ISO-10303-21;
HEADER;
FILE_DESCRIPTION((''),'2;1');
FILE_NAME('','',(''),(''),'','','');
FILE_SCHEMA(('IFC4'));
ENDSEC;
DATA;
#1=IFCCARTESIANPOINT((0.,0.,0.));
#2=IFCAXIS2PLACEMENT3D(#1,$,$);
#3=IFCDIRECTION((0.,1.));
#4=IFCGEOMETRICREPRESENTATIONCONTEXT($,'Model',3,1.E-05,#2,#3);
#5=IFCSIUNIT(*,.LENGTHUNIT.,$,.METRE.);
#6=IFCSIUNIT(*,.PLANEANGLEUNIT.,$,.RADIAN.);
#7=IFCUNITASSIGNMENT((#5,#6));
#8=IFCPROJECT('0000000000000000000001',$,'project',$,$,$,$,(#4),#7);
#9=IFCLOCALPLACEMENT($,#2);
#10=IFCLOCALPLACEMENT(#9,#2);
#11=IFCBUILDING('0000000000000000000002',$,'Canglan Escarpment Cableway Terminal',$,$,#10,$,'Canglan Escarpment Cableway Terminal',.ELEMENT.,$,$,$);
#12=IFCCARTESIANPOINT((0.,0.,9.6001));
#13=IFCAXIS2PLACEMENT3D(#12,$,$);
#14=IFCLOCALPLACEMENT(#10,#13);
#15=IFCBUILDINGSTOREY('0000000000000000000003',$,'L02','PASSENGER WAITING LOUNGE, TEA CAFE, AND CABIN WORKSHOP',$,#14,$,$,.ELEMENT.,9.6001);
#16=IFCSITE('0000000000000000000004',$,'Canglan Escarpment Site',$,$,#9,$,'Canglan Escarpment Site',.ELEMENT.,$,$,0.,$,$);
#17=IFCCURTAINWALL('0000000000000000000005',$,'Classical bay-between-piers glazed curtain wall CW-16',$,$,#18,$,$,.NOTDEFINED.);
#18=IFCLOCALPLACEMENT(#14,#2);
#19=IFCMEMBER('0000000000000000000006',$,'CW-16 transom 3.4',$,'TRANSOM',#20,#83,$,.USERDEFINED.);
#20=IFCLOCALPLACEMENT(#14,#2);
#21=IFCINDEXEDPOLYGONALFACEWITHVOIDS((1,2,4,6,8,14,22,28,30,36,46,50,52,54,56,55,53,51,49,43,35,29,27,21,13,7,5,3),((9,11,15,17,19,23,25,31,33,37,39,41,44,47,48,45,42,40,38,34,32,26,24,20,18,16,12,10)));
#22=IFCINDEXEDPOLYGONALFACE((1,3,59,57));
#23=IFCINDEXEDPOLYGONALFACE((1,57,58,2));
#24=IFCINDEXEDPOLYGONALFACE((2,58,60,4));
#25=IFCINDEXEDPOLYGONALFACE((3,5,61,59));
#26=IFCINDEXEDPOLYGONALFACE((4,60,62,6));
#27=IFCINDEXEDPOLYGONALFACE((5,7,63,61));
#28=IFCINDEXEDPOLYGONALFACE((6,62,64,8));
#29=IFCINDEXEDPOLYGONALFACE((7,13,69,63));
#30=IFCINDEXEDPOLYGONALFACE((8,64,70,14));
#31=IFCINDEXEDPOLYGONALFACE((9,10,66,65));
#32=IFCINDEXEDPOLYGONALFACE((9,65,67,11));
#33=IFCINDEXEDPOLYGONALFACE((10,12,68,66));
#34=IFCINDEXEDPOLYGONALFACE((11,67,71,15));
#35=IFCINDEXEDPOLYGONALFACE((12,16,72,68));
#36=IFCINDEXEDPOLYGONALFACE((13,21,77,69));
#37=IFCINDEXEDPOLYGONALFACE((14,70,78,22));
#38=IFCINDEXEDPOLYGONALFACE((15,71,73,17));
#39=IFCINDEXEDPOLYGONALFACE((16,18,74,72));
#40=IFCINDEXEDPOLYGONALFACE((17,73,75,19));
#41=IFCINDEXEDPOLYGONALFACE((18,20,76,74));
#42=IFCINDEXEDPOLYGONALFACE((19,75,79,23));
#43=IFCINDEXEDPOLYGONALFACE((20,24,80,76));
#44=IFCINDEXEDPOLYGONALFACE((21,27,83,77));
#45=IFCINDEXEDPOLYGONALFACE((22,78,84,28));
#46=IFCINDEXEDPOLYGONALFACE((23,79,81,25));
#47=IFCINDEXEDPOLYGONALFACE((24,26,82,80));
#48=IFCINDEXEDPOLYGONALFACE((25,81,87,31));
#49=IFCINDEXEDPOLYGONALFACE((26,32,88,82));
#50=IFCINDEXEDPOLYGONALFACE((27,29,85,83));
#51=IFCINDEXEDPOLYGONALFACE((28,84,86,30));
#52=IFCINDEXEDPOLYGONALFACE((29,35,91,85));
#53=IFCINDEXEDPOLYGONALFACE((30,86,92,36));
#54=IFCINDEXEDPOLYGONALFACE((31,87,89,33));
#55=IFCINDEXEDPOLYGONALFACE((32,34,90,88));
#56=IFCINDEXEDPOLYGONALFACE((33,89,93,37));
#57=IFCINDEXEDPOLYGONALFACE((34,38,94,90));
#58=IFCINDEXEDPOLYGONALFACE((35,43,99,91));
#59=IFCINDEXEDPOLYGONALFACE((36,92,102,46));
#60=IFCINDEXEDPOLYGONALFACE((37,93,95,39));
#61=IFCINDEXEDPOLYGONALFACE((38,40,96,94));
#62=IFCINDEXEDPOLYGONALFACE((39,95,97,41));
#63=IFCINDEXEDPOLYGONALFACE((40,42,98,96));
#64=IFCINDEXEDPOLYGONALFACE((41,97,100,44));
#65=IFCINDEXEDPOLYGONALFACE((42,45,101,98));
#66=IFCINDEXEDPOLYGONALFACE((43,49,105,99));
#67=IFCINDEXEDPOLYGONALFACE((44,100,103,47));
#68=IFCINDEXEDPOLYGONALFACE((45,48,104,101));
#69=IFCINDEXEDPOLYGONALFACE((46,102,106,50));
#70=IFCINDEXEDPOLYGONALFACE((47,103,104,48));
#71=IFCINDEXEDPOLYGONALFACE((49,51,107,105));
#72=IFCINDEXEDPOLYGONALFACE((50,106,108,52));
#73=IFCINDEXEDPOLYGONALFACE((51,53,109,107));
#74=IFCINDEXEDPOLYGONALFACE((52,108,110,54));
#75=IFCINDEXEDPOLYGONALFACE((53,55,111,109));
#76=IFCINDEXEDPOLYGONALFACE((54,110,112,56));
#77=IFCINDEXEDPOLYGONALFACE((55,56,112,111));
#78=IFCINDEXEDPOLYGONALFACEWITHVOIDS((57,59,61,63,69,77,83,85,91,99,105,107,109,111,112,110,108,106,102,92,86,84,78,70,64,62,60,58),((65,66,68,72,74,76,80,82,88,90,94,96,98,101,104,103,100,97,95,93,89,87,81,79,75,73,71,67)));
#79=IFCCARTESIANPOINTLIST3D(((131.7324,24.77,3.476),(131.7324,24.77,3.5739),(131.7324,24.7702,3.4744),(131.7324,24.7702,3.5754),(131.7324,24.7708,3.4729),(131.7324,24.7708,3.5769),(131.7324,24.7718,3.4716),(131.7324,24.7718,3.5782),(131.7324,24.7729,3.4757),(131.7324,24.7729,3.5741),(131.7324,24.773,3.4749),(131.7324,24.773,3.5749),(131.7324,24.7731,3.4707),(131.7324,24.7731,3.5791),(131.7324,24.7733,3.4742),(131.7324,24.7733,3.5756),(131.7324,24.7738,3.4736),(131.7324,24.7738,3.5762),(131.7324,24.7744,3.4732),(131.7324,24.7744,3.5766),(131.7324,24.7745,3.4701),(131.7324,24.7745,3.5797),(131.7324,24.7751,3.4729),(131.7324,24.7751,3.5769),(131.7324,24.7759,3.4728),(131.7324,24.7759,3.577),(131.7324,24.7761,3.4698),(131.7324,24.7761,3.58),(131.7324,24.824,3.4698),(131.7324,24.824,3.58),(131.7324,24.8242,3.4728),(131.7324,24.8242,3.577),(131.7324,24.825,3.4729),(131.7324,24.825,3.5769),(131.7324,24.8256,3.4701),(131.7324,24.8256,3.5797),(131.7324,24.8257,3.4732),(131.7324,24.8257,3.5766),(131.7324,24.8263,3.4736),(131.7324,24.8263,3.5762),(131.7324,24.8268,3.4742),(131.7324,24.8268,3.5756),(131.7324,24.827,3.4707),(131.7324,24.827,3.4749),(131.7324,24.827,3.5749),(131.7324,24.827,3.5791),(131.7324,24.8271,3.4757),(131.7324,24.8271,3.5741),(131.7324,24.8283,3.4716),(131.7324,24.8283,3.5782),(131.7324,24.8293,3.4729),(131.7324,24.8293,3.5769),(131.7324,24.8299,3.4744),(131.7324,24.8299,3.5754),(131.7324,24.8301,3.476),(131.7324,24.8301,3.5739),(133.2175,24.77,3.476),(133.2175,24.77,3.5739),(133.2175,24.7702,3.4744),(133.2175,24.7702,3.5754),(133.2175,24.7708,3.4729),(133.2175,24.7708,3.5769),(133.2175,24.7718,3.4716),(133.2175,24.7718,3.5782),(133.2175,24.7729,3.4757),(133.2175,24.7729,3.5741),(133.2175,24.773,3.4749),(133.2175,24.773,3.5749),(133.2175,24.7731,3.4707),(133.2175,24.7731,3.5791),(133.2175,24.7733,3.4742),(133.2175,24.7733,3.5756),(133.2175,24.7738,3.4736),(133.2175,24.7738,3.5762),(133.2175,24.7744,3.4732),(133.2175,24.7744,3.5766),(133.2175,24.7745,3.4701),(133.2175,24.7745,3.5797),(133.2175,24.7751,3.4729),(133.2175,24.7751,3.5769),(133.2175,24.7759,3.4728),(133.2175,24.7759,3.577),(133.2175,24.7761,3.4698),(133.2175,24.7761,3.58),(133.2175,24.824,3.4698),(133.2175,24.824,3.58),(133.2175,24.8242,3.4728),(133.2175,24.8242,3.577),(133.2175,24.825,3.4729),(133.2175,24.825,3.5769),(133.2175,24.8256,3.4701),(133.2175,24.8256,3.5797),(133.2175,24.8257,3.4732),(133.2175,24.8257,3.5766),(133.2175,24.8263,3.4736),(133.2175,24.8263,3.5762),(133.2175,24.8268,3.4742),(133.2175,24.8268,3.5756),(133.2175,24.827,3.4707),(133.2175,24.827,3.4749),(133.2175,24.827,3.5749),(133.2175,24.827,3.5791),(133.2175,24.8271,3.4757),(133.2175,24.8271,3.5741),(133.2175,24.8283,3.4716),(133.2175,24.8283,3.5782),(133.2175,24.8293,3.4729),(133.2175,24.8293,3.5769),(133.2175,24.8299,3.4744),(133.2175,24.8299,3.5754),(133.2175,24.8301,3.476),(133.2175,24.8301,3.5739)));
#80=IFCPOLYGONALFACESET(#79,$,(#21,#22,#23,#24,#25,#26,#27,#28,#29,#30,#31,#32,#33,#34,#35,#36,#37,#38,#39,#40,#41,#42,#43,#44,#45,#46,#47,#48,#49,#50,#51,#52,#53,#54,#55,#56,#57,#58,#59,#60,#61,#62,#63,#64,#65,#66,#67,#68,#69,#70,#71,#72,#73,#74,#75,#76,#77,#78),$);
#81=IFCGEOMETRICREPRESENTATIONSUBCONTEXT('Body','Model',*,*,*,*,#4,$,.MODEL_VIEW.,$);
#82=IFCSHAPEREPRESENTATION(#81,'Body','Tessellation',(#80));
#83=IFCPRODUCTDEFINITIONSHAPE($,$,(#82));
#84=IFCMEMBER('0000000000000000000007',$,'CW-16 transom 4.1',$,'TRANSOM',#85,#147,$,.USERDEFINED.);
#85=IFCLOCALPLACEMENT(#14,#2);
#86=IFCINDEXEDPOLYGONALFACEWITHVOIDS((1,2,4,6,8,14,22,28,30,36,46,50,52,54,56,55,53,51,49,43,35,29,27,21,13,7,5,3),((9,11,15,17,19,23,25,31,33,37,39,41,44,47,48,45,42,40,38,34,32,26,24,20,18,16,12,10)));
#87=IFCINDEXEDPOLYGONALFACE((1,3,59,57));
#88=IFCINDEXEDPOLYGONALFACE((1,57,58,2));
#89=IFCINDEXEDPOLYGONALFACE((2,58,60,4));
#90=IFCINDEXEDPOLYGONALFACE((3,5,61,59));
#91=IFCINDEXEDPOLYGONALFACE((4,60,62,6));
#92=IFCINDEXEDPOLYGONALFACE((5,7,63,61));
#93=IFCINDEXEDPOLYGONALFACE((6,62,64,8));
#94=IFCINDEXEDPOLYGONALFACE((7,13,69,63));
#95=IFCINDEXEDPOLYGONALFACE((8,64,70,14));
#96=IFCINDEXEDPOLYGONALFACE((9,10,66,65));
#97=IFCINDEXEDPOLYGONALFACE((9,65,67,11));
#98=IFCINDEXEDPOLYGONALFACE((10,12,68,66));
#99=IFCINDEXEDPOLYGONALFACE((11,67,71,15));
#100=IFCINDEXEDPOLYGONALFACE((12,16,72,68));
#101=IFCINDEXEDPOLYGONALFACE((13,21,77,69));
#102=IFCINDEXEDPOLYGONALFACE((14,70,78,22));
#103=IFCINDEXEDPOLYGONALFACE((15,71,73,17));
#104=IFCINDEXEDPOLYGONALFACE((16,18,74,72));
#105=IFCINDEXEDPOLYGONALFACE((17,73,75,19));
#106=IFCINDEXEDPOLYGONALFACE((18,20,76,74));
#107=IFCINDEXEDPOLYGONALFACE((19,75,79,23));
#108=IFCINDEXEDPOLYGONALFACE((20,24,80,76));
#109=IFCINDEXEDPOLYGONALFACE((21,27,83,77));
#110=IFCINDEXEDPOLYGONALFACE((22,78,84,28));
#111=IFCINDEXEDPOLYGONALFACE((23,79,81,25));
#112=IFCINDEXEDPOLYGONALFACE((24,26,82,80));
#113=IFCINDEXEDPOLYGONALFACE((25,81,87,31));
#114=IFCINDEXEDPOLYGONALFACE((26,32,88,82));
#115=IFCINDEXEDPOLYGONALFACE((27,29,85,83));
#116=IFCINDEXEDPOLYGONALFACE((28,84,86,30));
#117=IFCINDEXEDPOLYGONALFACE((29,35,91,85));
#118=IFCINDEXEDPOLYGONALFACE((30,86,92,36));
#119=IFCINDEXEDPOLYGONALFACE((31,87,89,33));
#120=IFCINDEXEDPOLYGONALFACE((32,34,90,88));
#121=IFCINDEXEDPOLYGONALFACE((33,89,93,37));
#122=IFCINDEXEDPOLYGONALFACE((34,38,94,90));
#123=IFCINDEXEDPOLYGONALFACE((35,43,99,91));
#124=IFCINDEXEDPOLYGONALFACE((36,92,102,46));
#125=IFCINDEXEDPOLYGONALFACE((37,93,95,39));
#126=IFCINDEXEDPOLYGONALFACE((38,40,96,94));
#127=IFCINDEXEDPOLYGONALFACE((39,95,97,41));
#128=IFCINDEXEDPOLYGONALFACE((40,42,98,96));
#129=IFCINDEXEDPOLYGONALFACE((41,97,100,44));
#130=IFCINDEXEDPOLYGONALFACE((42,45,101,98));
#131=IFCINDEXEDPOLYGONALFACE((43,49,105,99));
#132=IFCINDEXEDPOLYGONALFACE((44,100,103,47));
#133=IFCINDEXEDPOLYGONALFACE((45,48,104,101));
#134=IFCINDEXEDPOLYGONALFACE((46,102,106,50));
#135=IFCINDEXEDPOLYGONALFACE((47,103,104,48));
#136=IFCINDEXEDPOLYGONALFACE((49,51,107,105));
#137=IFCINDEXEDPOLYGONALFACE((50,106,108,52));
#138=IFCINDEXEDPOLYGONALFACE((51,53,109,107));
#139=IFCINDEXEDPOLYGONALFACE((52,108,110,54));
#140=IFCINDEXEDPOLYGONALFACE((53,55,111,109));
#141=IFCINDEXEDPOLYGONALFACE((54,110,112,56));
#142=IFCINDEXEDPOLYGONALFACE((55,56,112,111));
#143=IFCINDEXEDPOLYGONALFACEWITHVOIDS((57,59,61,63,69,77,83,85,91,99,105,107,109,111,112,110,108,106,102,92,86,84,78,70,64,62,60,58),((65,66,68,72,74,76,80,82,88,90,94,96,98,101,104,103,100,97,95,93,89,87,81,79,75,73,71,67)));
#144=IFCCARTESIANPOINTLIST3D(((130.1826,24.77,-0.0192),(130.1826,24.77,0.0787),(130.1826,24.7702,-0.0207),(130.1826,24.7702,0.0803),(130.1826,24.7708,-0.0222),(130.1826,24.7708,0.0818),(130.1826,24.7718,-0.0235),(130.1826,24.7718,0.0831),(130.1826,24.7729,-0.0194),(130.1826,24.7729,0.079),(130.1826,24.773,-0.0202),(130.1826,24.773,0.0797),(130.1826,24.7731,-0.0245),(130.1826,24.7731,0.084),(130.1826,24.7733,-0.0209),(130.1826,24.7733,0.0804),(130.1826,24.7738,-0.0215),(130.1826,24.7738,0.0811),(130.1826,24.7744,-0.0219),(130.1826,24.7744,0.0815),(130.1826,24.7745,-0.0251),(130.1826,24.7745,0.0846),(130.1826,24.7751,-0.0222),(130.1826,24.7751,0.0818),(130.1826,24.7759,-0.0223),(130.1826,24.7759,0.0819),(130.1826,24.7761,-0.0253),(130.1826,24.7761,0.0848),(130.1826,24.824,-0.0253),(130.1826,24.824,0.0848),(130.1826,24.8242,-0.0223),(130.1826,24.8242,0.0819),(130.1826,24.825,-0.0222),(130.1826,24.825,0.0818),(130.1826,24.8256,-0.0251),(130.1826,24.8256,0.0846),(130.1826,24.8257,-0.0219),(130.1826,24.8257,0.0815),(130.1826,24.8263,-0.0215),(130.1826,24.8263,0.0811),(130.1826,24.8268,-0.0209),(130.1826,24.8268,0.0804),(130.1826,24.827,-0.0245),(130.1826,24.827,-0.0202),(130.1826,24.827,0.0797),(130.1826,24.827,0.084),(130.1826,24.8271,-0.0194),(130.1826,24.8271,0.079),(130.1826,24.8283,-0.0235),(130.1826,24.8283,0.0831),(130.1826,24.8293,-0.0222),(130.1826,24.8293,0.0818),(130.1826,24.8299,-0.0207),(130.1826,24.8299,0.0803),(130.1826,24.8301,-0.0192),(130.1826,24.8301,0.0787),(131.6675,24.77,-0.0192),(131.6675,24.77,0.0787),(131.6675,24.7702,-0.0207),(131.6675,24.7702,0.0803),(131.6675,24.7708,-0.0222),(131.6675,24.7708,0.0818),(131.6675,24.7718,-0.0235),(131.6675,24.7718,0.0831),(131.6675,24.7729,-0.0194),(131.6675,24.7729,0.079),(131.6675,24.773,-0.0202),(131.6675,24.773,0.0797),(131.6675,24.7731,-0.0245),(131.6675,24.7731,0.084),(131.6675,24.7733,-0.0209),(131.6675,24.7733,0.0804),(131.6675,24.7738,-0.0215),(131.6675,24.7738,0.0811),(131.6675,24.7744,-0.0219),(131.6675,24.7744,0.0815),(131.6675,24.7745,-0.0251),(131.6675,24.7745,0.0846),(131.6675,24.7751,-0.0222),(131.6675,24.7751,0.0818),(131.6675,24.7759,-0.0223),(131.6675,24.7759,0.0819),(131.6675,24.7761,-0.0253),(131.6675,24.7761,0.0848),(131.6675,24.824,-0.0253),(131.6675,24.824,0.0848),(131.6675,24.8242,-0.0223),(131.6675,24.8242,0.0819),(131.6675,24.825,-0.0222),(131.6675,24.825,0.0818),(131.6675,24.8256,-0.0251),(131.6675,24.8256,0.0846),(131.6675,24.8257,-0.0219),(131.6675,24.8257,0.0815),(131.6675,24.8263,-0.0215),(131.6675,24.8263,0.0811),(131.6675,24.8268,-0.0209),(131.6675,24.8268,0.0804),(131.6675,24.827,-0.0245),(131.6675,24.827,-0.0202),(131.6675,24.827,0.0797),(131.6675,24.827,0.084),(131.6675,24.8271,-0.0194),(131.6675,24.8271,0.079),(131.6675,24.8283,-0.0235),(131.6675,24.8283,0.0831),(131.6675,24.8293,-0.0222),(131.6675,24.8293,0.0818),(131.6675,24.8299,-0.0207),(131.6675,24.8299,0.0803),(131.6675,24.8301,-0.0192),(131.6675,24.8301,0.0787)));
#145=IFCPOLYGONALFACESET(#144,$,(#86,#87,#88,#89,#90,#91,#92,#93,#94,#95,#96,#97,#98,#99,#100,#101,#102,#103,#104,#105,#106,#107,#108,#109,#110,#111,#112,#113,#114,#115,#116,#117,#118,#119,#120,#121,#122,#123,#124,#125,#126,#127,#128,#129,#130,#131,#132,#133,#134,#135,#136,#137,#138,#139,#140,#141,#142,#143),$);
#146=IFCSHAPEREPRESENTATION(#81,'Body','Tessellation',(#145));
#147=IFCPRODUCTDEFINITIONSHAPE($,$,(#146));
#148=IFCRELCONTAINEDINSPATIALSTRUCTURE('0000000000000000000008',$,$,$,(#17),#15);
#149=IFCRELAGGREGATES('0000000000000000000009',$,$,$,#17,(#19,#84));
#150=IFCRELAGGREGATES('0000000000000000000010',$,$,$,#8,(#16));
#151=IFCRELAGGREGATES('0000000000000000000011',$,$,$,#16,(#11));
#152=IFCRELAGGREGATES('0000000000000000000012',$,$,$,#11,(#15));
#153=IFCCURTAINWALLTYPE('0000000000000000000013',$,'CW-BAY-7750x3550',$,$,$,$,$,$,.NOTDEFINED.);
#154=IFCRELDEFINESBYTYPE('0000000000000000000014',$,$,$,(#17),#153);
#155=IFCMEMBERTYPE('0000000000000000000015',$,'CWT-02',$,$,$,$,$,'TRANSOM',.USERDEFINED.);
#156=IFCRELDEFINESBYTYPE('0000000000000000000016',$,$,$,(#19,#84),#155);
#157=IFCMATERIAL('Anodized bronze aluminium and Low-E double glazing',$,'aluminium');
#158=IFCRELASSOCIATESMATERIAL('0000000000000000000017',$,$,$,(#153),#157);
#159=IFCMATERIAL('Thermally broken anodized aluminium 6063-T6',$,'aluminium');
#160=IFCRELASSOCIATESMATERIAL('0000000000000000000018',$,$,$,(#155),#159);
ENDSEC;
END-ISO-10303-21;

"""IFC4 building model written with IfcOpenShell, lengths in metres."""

from ifc_helpers import new_model, si_unit, direction, frame, origin, origin_2d, place, context, subcontext, project, spatial, hollow_rectangle, extrude, material, material_profile, profile_set, type_object, element, aggregate, save


model = new_model("IFC4")

# Units and contexts
model_context = context("Model", 3, precision=1e-05, world=origin(), true_north=direction((0.0, 1.0)))
body_context = subcontext(model_context, "Body", "Model", "MODEL_VIEW")
ifc_project = project(units=[si_unit("LENGTHUNIT", "METRE"), si_unit("PLANEANGLEUNIT", "RADIAN")], contexts=[model_context])

# Site, building, storey
site_placement = place(None, origin())
site = spatial("IfcSite", under=ifc_project, at=site_placement, Name="Canglan Escarpment Site", LongName="Canglan Escarpment Site", CompositionType="ELEMENT", RefElevation=0.0)
building_placement = place(site_placement, origin())
building = spatial("IfcBuilding", under=site, at=building_placement, Name="Canglan Escarpment Cableway Terminal", LongName="Canglan Escarpment Cableway Terminal", CompositionType="ELEMENT")
storey_placement = place(building_placement, frame((0.0, 0.0, 9.6001)))
storey = spatial("IfcBuildingStorey", under=building, at=storey_placement, Name="L02", Description="PASSENGER WAITING LOUNGE, TEA CAFE, AND CABIN WORKSHOP", CompositionType="ELEMENT", Elevation=9.6001)

# Curtain wall, members
ifc_material_1 = material(Name="Anodized bronze aluminium and Low-E double glazing", Category="aluminium")
curtain_wall_type = type_object("IfcCurtainWallType", Name="CW-BAY-7750x3550", PredefinedType="NOTDEFINED", material=ifc_material_1)
curtain_wall_placement = place(storey_placement, origin())
curtain_wall = element("IfcCurtainWall", 1, at=curtain_wall_placement, inside=storey, type_object=curtain_wall_type, Name="Classical bay-between-piers glazed curtain wall CW-16", PredefinedType="NOTDEFINED")
ifc_material_2 = material(Name="Thermally broken anodized aluminium 6063-T6", Category="aluminium")
ifc_material_profile_1 = material_profile(ifc_material_2, hollow_rectangle(XDim=0.0601, YDim=0.1101, WallThickness=0.0029, InnerFilletRadius=0.0029, OuterFilletRadius=0.0061, at=origin_2d()), Name="ALU-TRAN 60x110x3")
ifc_profile_set_1 = profile_set([ifc_material_profile_1], Name="Thermally broken anodized aluminium 6063-T6")
member_type_1 = type_object("IfcMemberType", Name="CWT-02", ElementType="TRANSOM", PredefinedType="USERDEFINED", material=ifc_profile_set_1)
member_1_placement = place(storey_placement, frame((133.2175, 24.8, 3.5249), z_axis=(-1.0, 0.0, 0.0), x_axis=(0.0, -1.0, 0.0)))
member_1 = element("IfcMember", 2, at=member_1_placement, type_object=member_type_1, Name="CW-16 transom 3.4", ObjectType="TRANSOM", PredefinedType="USERDEFINED", context=body_context, shape_type="SweptSolid", body=[
    extrude(hollow_rectangle(XDim=0.0601, YDim=0.1101, WallThickness=0.0029, InnerFilletRadius=0.0029, OuterFilletRadius=0.0061, at=origin_2d()), origin(), (0.0, 0.0, 1.0), 1.4851),
])
member_2_placement = place(storey_placement, frame((131.6675, 24.8, 0.0298), z_axis=(-1.0, 0.0, 0.0), x_axis=(0.0, -1.0, 0.0)))
member_2 = element("IfcMember", 3, at=member_2_placement, type_object=member_type_1, Name="CW-16 transom 4.1", ObjectType="TRANSOM", PredefinedType="USERDEFINED", context=body_context, shape_type="SweptSolid", body=[
    extrude(hollow_rectangle(XDim=0.0601, YDim=0.1101, WallThickness=0.0029, InnerFilletRadius=0.0029, OuterFilletRadius=0.0061, at=origin_2d()), origin(), (0.0, 0.0, 1.0), 1.4849),
])
aggregate(curtain_wall, [member_1, member_2])

save(model, "model.ifc")
